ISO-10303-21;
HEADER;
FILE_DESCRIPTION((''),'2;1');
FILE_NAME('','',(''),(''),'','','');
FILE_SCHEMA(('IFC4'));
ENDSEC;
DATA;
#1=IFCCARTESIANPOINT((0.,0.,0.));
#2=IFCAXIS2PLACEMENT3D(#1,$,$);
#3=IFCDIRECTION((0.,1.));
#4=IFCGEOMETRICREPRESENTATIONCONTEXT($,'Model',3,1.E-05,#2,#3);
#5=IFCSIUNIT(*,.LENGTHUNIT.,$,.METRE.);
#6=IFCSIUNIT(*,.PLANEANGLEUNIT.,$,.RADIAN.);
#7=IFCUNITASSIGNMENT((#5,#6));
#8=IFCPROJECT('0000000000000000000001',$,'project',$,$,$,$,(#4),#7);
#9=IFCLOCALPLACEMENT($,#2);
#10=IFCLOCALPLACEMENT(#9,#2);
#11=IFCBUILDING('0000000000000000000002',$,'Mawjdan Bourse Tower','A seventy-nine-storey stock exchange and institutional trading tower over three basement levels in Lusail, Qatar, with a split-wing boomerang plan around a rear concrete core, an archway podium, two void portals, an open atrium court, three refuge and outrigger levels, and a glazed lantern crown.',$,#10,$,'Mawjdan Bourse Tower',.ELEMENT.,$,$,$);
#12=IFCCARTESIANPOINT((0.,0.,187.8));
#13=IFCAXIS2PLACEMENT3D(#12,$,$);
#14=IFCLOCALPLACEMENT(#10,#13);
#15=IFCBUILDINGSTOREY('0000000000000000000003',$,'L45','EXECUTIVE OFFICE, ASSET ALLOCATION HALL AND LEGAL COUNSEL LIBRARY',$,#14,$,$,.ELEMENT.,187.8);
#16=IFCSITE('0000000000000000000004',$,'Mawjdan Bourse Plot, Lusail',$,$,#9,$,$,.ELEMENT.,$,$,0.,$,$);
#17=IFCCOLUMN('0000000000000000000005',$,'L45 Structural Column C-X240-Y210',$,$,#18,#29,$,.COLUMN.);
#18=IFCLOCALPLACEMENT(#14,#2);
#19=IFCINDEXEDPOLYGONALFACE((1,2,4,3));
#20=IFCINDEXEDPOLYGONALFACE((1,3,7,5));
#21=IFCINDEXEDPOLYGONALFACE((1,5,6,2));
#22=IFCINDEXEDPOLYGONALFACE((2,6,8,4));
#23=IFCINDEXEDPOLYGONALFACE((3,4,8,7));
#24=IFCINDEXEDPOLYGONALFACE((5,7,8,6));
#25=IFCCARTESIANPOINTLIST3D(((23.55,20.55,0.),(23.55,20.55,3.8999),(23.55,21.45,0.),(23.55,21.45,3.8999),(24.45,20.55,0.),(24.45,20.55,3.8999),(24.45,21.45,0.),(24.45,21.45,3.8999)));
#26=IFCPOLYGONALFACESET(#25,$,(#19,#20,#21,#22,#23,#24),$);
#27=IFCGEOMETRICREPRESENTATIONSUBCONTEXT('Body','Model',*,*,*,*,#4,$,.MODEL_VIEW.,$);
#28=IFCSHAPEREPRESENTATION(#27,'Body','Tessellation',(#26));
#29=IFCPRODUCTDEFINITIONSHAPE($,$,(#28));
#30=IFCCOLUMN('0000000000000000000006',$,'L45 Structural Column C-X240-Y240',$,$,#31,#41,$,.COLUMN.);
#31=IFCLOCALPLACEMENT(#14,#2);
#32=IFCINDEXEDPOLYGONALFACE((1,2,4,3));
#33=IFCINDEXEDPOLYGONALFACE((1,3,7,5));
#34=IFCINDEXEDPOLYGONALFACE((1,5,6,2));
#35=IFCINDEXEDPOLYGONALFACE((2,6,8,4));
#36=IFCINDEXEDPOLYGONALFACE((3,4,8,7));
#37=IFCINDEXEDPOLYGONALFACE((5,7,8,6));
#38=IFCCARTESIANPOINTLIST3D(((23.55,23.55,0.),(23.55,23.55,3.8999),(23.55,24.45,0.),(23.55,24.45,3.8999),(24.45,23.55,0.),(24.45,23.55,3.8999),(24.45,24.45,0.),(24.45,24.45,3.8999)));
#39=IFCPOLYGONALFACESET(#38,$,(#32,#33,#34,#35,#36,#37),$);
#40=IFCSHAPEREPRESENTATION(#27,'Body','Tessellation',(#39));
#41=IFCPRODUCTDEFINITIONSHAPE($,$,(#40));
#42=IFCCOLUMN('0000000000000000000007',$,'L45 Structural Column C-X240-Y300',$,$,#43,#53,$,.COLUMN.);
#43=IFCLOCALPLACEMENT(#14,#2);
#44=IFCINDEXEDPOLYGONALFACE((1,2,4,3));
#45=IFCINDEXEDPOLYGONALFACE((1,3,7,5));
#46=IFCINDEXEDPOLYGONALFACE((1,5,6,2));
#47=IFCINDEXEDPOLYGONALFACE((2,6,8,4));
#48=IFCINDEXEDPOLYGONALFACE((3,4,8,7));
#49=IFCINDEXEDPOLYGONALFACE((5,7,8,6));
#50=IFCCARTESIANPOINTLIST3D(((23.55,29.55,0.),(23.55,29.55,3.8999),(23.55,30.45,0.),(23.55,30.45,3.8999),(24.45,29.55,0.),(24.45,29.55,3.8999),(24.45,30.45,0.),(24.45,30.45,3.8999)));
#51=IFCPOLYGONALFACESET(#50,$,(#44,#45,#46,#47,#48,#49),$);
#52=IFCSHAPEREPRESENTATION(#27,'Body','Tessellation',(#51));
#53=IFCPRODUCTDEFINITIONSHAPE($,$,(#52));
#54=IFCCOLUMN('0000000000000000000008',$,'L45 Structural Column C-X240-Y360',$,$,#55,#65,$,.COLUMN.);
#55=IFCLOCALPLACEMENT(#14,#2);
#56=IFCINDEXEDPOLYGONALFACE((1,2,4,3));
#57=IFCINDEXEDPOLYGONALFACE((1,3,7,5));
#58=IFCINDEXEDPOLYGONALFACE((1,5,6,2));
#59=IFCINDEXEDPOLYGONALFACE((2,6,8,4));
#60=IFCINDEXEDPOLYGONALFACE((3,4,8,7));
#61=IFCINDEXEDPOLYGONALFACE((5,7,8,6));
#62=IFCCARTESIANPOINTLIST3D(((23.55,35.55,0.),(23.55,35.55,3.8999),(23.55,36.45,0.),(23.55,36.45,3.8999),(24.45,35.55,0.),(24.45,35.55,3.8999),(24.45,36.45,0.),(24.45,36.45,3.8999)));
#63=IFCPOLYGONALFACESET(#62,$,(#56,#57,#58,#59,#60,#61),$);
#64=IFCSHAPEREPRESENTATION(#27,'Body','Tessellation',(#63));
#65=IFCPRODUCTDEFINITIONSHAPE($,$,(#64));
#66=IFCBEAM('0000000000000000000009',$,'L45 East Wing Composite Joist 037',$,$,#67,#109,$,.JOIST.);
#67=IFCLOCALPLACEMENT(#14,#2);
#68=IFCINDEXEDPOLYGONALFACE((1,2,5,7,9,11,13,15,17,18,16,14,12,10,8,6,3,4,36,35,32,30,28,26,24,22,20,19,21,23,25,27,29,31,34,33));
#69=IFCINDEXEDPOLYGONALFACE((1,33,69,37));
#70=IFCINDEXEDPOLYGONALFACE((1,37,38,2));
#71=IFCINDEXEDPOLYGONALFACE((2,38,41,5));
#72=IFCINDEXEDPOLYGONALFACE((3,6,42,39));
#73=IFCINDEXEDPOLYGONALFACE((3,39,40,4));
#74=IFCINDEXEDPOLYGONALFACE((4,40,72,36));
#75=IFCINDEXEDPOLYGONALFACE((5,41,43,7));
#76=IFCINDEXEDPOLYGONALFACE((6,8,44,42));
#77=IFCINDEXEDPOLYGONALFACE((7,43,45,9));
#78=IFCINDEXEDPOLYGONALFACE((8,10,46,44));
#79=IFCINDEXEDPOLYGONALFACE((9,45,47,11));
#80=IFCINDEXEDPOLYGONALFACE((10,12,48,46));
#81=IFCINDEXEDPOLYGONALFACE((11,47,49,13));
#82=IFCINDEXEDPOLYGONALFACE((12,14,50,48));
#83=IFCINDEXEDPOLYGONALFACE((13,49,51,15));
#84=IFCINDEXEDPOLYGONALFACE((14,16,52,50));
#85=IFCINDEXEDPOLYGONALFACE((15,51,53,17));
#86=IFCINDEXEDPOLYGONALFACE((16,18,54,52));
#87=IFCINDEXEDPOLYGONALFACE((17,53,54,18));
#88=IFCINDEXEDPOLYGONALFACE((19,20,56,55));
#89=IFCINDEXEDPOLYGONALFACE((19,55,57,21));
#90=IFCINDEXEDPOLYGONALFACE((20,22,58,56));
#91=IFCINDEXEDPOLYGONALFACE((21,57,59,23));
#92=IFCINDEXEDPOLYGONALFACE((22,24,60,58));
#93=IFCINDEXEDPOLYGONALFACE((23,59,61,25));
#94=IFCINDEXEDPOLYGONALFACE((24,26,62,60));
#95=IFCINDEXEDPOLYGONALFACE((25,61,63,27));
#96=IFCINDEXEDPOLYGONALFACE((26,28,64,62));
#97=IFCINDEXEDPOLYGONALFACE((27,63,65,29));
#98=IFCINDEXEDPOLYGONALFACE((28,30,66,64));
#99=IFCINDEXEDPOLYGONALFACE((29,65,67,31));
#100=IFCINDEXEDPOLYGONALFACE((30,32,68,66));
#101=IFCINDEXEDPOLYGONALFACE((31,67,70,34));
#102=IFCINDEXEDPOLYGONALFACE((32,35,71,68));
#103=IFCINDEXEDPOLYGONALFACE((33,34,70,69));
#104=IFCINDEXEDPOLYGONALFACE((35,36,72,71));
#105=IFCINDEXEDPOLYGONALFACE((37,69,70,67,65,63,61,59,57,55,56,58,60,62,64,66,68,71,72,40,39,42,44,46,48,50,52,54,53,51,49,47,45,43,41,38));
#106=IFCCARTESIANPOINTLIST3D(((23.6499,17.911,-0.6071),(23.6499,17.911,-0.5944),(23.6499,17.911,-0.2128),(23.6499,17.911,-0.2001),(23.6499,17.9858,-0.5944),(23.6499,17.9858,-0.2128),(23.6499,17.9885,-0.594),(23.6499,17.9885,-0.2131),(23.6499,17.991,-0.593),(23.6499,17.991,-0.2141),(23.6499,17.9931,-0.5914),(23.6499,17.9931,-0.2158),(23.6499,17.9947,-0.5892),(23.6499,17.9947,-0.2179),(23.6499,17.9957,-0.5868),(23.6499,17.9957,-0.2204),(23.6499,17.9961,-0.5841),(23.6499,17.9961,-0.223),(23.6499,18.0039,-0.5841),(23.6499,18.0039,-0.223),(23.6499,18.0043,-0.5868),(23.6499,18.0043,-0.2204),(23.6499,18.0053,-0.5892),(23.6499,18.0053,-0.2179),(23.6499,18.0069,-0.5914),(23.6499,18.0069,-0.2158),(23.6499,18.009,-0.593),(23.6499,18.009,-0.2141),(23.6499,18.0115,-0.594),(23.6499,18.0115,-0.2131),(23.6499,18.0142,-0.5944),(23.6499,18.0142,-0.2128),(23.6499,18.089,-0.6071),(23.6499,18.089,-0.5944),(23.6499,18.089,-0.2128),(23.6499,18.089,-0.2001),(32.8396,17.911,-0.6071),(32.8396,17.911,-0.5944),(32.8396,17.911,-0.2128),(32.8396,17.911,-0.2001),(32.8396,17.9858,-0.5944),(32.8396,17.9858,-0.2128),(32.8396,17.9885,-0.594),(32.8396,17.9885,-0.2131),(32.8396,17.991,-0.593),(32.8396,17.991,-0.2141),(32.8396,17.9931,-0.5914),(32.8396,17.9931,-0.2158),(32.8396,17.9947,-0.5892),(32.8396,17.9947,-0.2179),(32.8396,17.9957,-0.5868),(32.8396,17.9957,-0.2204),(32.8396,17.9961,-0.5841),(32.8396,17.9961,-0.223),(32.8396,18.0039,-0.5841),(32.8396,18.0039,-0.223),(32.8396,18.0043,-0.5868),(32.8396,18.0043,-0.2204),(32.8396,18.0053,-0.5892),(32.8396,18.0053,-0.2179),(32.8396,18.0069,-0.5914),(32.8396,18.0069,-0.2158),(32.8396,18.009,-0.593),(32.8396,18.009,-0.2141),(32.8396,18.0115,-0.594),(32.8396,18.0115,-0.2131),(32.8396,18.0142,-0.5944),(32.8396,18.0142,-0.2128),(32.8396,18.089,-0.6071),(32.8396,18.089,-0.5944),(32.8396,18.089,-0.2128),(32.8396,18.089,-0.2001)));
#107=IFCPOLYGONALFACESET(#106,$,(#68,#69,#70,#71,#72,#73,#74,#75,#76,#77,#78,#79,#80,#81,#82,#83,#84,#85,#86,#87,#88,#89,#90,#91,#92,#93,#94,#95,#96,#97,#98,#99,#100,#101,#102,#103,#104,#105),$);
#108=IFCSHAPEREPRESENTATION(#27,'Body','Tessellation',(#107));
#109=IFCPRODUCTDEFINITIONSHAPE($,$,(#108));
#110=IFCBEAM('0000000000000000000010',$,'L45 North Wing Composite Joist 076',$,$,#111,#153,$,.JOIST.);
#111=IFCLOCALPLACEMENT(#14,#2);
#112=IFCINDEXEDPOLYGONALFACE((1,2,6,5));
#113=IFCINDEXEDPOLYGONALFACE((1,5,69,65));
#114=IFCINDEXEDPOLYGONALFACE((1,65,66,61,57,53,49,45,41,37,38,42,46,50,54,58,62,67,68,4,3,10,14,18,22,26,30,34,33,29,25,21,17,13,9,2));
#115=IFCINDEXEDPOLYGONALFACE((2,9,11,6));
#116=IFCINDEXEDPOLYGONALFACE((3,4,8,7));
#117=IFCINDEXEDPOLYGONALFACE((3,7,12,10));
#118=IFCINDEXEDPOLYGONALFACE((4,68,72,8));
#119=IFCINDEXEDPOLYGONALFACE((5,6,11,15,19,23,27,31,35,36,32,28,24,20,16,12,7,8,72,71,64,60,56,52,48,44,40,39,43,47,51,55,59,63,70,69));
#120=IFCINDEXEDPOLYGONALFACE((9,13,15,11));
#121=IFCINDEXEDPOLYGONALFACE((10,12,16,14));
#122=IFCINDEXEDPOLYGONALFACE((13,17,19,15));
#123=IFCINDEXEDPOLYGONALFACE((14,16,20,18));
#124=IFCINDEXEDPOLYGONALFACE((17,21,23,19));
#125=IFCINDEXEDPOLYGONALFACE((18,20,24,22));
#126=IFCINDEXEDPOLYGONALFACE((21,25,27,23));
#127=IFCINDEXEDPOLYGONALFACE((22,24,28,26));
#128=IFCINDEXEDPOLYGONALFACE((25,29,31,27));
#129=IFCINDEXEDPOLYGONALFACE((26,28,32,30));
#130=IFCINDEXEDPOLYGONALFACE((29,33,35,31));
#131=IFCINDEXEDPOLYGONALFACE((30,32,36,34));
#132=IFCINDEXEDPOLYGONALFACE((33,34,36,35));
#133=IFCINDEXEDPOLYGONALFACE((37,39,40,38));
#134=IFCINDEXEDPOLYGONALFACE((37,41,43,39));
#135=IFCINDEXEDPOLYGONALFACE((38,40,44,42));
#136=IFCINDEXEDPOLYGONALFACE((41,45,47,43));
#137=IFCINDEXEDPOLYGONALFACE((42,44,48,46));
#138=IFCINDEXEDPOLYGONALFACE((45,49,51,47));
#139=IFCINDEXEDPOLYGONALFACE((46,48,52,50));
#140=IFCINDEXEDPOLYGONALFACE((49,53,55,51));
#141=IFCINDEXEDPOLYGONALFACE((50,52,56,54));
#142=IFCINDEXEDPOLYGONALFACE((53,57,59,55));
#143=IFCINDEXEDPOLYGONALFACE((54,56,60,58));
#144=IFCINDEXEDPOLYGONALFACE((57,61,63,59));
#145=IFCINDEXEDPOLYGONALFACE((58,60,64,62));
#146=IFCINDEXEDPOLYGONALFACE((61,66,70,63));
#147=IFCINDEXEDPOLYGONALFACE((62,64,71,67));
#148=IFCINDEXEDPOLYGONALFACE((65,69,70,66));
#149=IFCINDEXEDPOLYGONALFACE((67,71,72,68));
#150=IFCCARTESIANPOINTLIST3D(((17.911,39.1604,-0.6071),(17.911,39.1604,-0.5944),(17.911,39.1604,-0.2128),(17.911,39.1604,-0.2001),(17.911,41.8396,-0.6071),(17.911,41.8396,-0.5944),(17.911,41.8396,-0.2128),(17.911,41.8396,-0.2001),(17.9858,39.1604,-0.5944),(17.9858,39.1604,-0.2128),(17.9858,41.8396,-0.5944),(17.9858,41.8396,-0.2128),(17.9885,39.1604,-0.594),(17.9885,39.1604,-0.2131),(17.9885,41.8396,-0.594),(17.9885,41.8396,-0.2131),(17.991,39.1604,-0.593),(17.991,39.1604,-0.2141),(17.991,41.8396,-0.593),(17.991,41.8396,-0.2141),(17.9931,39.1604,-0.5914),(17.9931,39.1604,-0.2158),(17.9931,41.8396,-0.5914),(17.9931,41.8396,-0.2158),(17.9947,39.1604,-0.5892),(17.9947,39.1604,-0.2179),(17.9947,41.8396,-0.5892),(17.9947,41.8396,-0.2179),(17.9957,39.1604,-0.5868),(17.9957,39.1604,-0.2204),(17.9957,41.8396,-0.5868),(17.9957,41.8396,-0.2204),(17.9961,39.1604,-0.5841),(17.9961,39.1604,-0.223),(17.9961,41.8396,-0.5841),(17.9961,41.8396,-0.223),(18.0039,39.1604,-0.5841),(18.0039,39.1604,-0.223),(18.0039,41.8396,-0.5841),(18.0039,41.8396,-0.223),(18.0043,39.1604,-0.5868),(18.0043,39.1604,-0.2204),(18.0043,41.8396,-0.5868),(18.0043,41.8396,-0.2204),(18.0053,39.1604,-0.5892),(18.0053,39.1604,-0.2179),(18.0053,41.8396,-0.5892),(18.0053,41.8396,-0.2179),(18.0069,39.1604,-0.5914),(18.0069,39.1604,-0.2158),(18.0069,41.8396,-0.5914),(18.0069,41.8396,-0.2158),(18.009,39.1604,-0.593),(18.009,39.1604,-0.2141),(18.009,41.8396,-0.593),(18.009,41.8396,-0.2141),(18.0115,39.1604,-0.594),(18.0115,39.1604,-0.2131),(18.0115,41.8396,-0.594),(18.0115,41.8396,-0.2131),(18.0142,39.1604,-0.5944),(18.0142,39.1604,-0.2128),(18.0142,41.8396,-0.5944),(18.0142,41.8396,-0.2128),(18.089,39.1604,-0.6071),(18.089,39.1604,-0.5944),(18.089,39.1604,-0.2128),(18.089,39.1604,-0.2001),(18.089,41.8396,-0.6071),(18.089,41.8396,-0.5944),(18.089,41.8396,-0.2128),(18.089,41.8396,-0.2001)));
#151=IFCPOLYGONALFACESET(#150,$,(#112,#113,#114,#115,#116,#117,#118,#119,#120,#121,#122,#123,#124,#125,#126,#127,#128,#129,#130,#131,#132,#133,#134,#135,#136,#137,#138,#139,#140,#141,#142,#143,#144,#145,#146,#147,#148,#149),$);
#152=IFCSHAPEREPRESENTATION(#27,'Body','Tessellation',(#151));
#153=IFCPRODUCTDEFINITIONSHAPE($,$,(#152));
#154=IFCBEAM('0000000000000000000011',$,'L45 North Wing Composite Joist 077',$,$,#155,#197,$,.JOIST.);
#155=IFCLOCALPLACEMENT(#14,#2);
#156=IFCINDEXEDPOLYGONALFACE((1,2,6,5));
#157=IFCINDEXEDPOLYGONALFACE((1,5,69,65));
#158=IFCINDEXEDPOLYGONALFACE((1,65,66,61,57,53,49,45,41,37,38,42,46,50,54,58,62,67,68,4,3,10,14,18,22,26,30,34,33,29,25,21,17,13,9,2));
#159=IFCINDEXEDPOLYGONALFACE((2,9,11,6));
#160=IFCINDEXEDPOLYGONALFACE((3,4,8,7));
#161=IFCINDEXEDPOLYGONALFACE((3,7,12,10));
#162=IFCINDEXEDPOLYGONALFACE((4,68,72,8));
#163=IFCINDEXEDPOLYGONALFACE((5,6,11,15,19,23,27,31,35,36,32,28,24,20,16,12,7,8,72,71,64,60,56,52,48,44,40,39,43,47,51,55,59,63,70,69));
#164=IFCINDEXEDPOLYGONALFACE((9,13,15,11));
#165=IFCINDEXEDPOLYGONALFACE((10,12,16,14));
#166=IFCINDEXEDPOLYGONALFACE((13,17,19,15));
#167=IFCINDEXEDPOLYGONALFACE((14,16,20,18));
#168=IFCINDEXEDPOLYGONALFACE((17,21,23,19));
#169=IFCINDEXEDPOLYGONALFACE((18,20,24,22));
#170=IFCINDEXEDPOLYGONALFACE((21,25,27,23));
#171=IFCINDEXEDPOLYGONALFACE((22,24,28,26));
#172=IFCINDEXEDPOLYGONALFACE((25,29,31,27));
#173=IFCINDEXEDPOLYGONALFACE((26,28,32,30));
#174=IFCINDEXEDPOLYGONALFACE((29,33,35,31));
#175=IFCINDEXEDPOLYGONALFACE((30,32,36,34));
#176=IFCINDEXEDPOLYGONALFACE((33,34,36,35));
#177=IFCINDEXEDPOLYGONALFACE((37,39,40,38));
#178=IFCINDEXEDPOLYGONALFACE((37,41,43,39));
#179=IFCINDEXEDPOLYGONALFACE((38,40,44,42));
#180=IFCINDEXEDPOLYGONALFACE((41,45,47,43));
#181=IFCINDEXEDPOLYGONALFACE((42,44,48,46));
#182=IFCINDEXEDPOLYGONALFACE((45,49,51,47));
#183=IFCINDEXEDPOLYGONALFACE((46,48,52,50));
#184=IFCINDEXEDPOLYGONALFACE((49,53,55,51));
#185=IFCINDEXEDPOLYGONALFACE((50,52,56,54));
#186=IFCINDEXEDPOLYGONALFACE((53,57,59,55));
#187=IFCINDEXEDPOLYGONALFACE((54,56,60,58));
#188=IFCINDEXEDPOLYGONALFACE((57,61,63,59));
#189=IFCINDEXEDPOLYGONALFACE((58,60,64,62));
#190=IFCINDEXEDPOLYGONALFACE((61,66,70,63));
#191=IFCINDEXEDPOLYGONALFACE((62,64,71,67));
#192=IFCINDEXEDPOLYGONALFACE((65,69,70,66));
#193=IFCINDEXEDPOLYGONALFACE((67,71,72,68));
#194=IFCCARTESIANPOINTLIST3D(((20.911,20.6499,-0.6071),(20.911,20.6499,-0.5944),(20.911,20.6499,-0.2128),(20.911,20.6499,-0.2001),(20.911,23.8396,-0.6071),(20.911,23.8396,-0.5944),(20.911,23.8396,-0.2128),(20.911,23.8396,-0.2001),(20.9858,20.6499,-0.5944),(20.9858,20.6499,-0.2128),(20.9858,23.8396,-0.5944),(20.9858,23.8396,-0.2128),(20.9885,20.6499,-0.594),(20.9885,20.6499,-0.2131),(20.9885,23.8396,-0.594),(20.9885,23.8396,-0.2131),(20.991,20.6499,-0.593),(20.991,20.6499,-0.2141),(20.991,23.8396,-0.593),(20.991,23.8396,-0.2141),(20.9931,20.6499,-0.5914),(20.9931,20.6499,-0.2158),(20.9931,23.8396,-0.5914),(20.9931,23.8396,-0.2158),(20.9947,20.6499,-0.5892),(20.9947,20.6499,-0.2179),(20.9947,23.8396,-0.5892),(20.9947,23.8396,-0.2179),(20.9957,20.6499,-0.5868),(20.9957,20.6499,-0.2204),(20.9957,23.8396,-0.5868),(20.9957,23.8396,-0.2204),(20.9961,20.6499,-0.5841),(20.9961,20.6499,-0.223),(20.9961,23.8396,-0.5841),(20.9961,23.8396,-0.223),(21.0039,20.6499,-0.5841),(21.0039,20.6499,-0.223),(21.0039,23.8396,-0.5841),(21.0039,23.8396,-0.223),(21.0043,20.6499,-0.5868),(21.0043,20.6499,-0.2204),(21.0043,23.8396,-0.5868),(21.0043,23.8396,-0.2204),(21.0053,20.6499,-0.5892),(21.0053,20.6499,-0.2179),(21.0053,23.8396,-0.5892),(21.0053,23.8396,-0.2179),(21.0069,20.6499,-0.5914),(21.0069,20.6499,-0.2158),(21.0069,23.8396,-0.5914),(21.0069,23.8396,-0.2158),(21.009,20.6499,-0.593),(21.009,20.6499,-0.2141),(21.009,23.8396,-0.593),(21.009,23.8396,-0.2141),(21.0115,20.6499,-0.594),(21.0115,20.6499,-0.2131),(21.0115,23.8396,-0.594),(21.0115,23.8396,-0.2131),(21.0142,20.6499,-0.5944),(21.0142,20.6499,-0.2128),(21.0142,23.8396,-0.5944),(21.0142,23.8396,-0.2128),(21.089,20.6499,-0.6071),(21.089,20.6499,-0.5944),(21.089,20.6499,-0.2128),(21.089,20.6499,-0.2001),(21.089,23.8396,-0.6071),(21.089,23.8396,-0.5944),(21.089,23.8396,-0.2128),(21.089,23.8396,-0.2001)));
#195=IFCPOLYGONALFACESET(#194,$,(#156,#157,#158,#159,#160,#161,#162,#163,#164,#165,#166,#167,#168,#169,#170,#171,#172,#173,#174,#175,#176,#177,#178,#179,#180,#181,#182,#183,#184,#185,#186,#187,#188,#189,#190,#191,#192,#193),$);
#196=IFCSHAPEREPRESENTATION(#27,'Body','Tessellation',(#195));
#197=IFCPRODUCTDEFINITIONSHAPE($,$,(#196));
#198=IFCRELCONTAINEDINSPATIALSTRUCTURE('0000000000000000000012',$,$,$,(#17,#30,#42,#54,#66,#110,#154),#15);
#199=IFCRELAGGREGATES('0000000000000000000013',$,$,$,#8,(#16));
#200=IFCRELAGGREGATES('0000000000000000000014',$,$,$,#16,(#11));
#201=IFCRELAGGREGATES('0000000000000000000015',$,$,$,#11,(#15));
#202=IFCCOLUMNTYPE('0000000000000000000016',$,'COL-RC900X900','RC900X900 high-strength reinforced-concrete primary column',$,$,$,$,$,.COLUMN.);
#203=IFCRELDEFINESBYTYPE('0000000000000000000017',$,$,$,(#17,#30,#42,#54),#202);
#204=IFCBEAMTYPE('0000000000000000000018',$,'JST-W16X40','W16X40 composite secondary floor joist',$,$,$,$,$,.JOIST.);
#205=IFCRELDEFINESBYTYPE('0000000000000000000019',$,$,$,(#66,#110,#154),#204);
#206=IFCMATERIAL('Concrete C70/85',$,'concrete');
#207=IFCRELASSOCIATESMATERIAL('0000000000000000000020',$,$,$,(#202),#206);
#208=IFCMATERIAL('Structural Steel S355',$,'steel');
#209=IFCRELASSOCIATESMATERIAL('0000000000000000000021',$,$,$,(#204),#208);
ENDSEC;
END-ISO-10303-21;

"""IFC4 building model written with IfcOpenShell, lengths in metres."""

from ifc_helpers import new_model, si_unit, direction, frame, origin, origin_2d, place, context, subcontext, project, spatial, rectangle, i_section, extrude, material, material_profile, profile_set, type_object, element, save


model = new_model("IFC4")

# Units and contexts
model_context = context("Model", 3, precision=1e-05, world=origin(), true_north=direction((0.0, 1.0)))
body_context = subcontext(model_context, "Body", "Model", "MODEL_VIEW")
ifc_project = project(units=[si_unit("LENGTHUNIT", "METRE"), si_unit("PLANEANGLEUNIT", "RADIAN")], contexts=[model_context])

# Site, building, storey
site_placement = place(None, origin())
site = spatial("IfcSite", under=ifc_project, at=site_placement, Name="Mawjdan Bourse Plot, Lusail", CompositionType="ELEMENT", RefElevation=0.0)
building_placement = place(site_placement, origin())
building = spatial("IfcBuilding", under=site, at=building_placement, Name="Mawjdan Bourse Tower", Description="A seventy-nine-storey stock exchange and institutional trading tower over three basement levels in Lusail, Qatar, with a split-wing boomerang plan around a rear concrete core, an archway podium, two void portals, an open atrium court, three refuge and outrigger levels, and a glazed lantern crown.", LongName="Mawjdan Bourse Tower", CompositionType="ELEMENT")
storey_placement = place(building_placement, frame((0.0, 0.0, 187.8)))
storey = spatial("IfcBuildingStorey", under=building, at=storey_placement, Name="L45", Description="EXECUTIVE OFFICE, ASSET ALLOCATION HALL AND LEGAL COUNSEL LIBRARY", CompositionType="ELEMENT", Elevation=187.8)

# Columns
ifc_material_1 = material(Name="Concrete C70/85", Category="concrete")
ifc_material_profile_1 = material_profile(ifc_material_1, rectangle(XDim=0.8999, YDim=0.8999, at=origin_2d()), Name="RC900X900")
ifc_profile_set_1 = profile_set([ifc_material_profile_1], Name="Concrete C70/85")
column_type = type_object("IfcColumnType", Name="COL-RC900X900", Description="RC900X900 high-strength reinforced-concrete primary column", PredefinedType="COLUMN", material=ifc_profile_set_1)
for number, where, z_axis, x_axis, name in (
    (1, (24.0, 21.0, 0.0), (0.0, 0.0, 1.0), (1.0, 0.0, 0.0), "L45 Structural Column C-X240-Y210"),
    (2, (24.0, 24.0, 0.0), (0.0, 0.0, 1.0), (1.0, 0.0, 0.0), "L45 Structural Column C-X240-Y240"),
    (3, (24.0, 30.0, 0.0), (0.0, 0.0, 1.0), (1.0, 0.0, 0.0), "L45 Structural Column C-X240-Y300"),
    (4, (24.0, 36.0, 0.0), (0.0, 0.0, 1.0), (1.0, 0.0, 0.0), "L45 Structural Column C-X240-Y360"),
):
    element("IfcColumn", number, at=place(storey_placement, frame(where, z_axis=z_axis, x_axis=x_axis)), inside=storey, type_object=column_type, Name=name, PredefinedType="COLUMN", context=body_context, shape_type="SweptSolid", body=[
        extrude(rectangle(XDim=0.8999, YDim=0.8999, at=origin_2d()), origin(), (0.0, 0.0, 1.0), 3.8999),
    ])

# Beams
ifc_material_2 = material(Name="Structural Steel S355", Category="steel")
ifc_material_profile_2 = material_profile(ifc_material_2, i_section(OverallWidth=0.178, OverallDepth=0.407, WebThickness=0.0078, FlangeThickness=0.0127, FilletRadius=0.0103, at=origin_2d()), Name="W16X40")
ifc_profile_set_2 = profile_set([ifc_material_profile_2], Name="Structural Steel S355")
beam_type_1 = type_object("IfcBeamType", Name="JST-W16X40", Description="W16X40 composite secondary floor joist", PredefinedType="JOIST", material=ifc_profile_set_2)
beam_1_placement = place(storey_placement, frame((23.6499, 18.0, -0.4036), z_axis=(1.0, 0.0, 0.0), x_axis=(0.0, 1.0, 0.0)))
element("IfcBeam", 5, at=beam_1_placement, inside=storey, type_object=beam_type_1, Name="L45 East Wing Composite Joist 037", PredefinedType="JOIST", context=body_context, shape_type="SweptSolid", body=[
    extrude(i_section(OverallWidth=0.178, OverallDepth=0.407, WebThickness=0.0078, FlangeThickness=0.0127, FilletRadius=0.0103, at=origin_2d()), origin(), (0.0, 0.0, 1.0), 9.1897),
])
beam_2_placement = place(storey_placement, frame((18.0, 39.1604, -0.4036), z_axis=(0.0, 1.0, 0.0), x_axis=(-1.0, 0.0, 0.0)))
element("IfcBeam", 6, at=beam_2_placement, inside=storey, type_object=beam_type_1, Name="L45 North Wing Composite Joist 076", PredefinedType="JOIST", context=body_context, shape_type="SweptSolid", body=[
    extrude(i_section(OverallWidth=0.178, OverallDepth=0.407, WebThickness=0.0078, FlangeThickness=0.0127, FilletRadius=0.0103, at=origin_2d()), origin(), (0.0, 0.0, 1.0), 2.6792),
])
beam_3_placement = place(storey_placement, frame((21.0, 20.6499, -0.4036), z_axis=(0.0, 1.0, 0.0), x_axis=(-1.0, 0.0, 0.0)))
element("IfcBeam", 7, at=beam_3_placement, inside=storey, type_object=beam_type_1, Name="L45 North Wing Composite Joist 077", PredefinedType="JOIST", context=body_context, shape_type="SweptSolid", body=[
    extrude(i_section(OverallWidth=0.178, OverallDepth=0.407, WebThickness=0.0078, FlangeThickness=0.0127, FilletRadius=0.0103, at=origin_2d()), origin(), (0.0, 0.0, 1.0), 3.1897),
])

save(model, "model.ifc")
